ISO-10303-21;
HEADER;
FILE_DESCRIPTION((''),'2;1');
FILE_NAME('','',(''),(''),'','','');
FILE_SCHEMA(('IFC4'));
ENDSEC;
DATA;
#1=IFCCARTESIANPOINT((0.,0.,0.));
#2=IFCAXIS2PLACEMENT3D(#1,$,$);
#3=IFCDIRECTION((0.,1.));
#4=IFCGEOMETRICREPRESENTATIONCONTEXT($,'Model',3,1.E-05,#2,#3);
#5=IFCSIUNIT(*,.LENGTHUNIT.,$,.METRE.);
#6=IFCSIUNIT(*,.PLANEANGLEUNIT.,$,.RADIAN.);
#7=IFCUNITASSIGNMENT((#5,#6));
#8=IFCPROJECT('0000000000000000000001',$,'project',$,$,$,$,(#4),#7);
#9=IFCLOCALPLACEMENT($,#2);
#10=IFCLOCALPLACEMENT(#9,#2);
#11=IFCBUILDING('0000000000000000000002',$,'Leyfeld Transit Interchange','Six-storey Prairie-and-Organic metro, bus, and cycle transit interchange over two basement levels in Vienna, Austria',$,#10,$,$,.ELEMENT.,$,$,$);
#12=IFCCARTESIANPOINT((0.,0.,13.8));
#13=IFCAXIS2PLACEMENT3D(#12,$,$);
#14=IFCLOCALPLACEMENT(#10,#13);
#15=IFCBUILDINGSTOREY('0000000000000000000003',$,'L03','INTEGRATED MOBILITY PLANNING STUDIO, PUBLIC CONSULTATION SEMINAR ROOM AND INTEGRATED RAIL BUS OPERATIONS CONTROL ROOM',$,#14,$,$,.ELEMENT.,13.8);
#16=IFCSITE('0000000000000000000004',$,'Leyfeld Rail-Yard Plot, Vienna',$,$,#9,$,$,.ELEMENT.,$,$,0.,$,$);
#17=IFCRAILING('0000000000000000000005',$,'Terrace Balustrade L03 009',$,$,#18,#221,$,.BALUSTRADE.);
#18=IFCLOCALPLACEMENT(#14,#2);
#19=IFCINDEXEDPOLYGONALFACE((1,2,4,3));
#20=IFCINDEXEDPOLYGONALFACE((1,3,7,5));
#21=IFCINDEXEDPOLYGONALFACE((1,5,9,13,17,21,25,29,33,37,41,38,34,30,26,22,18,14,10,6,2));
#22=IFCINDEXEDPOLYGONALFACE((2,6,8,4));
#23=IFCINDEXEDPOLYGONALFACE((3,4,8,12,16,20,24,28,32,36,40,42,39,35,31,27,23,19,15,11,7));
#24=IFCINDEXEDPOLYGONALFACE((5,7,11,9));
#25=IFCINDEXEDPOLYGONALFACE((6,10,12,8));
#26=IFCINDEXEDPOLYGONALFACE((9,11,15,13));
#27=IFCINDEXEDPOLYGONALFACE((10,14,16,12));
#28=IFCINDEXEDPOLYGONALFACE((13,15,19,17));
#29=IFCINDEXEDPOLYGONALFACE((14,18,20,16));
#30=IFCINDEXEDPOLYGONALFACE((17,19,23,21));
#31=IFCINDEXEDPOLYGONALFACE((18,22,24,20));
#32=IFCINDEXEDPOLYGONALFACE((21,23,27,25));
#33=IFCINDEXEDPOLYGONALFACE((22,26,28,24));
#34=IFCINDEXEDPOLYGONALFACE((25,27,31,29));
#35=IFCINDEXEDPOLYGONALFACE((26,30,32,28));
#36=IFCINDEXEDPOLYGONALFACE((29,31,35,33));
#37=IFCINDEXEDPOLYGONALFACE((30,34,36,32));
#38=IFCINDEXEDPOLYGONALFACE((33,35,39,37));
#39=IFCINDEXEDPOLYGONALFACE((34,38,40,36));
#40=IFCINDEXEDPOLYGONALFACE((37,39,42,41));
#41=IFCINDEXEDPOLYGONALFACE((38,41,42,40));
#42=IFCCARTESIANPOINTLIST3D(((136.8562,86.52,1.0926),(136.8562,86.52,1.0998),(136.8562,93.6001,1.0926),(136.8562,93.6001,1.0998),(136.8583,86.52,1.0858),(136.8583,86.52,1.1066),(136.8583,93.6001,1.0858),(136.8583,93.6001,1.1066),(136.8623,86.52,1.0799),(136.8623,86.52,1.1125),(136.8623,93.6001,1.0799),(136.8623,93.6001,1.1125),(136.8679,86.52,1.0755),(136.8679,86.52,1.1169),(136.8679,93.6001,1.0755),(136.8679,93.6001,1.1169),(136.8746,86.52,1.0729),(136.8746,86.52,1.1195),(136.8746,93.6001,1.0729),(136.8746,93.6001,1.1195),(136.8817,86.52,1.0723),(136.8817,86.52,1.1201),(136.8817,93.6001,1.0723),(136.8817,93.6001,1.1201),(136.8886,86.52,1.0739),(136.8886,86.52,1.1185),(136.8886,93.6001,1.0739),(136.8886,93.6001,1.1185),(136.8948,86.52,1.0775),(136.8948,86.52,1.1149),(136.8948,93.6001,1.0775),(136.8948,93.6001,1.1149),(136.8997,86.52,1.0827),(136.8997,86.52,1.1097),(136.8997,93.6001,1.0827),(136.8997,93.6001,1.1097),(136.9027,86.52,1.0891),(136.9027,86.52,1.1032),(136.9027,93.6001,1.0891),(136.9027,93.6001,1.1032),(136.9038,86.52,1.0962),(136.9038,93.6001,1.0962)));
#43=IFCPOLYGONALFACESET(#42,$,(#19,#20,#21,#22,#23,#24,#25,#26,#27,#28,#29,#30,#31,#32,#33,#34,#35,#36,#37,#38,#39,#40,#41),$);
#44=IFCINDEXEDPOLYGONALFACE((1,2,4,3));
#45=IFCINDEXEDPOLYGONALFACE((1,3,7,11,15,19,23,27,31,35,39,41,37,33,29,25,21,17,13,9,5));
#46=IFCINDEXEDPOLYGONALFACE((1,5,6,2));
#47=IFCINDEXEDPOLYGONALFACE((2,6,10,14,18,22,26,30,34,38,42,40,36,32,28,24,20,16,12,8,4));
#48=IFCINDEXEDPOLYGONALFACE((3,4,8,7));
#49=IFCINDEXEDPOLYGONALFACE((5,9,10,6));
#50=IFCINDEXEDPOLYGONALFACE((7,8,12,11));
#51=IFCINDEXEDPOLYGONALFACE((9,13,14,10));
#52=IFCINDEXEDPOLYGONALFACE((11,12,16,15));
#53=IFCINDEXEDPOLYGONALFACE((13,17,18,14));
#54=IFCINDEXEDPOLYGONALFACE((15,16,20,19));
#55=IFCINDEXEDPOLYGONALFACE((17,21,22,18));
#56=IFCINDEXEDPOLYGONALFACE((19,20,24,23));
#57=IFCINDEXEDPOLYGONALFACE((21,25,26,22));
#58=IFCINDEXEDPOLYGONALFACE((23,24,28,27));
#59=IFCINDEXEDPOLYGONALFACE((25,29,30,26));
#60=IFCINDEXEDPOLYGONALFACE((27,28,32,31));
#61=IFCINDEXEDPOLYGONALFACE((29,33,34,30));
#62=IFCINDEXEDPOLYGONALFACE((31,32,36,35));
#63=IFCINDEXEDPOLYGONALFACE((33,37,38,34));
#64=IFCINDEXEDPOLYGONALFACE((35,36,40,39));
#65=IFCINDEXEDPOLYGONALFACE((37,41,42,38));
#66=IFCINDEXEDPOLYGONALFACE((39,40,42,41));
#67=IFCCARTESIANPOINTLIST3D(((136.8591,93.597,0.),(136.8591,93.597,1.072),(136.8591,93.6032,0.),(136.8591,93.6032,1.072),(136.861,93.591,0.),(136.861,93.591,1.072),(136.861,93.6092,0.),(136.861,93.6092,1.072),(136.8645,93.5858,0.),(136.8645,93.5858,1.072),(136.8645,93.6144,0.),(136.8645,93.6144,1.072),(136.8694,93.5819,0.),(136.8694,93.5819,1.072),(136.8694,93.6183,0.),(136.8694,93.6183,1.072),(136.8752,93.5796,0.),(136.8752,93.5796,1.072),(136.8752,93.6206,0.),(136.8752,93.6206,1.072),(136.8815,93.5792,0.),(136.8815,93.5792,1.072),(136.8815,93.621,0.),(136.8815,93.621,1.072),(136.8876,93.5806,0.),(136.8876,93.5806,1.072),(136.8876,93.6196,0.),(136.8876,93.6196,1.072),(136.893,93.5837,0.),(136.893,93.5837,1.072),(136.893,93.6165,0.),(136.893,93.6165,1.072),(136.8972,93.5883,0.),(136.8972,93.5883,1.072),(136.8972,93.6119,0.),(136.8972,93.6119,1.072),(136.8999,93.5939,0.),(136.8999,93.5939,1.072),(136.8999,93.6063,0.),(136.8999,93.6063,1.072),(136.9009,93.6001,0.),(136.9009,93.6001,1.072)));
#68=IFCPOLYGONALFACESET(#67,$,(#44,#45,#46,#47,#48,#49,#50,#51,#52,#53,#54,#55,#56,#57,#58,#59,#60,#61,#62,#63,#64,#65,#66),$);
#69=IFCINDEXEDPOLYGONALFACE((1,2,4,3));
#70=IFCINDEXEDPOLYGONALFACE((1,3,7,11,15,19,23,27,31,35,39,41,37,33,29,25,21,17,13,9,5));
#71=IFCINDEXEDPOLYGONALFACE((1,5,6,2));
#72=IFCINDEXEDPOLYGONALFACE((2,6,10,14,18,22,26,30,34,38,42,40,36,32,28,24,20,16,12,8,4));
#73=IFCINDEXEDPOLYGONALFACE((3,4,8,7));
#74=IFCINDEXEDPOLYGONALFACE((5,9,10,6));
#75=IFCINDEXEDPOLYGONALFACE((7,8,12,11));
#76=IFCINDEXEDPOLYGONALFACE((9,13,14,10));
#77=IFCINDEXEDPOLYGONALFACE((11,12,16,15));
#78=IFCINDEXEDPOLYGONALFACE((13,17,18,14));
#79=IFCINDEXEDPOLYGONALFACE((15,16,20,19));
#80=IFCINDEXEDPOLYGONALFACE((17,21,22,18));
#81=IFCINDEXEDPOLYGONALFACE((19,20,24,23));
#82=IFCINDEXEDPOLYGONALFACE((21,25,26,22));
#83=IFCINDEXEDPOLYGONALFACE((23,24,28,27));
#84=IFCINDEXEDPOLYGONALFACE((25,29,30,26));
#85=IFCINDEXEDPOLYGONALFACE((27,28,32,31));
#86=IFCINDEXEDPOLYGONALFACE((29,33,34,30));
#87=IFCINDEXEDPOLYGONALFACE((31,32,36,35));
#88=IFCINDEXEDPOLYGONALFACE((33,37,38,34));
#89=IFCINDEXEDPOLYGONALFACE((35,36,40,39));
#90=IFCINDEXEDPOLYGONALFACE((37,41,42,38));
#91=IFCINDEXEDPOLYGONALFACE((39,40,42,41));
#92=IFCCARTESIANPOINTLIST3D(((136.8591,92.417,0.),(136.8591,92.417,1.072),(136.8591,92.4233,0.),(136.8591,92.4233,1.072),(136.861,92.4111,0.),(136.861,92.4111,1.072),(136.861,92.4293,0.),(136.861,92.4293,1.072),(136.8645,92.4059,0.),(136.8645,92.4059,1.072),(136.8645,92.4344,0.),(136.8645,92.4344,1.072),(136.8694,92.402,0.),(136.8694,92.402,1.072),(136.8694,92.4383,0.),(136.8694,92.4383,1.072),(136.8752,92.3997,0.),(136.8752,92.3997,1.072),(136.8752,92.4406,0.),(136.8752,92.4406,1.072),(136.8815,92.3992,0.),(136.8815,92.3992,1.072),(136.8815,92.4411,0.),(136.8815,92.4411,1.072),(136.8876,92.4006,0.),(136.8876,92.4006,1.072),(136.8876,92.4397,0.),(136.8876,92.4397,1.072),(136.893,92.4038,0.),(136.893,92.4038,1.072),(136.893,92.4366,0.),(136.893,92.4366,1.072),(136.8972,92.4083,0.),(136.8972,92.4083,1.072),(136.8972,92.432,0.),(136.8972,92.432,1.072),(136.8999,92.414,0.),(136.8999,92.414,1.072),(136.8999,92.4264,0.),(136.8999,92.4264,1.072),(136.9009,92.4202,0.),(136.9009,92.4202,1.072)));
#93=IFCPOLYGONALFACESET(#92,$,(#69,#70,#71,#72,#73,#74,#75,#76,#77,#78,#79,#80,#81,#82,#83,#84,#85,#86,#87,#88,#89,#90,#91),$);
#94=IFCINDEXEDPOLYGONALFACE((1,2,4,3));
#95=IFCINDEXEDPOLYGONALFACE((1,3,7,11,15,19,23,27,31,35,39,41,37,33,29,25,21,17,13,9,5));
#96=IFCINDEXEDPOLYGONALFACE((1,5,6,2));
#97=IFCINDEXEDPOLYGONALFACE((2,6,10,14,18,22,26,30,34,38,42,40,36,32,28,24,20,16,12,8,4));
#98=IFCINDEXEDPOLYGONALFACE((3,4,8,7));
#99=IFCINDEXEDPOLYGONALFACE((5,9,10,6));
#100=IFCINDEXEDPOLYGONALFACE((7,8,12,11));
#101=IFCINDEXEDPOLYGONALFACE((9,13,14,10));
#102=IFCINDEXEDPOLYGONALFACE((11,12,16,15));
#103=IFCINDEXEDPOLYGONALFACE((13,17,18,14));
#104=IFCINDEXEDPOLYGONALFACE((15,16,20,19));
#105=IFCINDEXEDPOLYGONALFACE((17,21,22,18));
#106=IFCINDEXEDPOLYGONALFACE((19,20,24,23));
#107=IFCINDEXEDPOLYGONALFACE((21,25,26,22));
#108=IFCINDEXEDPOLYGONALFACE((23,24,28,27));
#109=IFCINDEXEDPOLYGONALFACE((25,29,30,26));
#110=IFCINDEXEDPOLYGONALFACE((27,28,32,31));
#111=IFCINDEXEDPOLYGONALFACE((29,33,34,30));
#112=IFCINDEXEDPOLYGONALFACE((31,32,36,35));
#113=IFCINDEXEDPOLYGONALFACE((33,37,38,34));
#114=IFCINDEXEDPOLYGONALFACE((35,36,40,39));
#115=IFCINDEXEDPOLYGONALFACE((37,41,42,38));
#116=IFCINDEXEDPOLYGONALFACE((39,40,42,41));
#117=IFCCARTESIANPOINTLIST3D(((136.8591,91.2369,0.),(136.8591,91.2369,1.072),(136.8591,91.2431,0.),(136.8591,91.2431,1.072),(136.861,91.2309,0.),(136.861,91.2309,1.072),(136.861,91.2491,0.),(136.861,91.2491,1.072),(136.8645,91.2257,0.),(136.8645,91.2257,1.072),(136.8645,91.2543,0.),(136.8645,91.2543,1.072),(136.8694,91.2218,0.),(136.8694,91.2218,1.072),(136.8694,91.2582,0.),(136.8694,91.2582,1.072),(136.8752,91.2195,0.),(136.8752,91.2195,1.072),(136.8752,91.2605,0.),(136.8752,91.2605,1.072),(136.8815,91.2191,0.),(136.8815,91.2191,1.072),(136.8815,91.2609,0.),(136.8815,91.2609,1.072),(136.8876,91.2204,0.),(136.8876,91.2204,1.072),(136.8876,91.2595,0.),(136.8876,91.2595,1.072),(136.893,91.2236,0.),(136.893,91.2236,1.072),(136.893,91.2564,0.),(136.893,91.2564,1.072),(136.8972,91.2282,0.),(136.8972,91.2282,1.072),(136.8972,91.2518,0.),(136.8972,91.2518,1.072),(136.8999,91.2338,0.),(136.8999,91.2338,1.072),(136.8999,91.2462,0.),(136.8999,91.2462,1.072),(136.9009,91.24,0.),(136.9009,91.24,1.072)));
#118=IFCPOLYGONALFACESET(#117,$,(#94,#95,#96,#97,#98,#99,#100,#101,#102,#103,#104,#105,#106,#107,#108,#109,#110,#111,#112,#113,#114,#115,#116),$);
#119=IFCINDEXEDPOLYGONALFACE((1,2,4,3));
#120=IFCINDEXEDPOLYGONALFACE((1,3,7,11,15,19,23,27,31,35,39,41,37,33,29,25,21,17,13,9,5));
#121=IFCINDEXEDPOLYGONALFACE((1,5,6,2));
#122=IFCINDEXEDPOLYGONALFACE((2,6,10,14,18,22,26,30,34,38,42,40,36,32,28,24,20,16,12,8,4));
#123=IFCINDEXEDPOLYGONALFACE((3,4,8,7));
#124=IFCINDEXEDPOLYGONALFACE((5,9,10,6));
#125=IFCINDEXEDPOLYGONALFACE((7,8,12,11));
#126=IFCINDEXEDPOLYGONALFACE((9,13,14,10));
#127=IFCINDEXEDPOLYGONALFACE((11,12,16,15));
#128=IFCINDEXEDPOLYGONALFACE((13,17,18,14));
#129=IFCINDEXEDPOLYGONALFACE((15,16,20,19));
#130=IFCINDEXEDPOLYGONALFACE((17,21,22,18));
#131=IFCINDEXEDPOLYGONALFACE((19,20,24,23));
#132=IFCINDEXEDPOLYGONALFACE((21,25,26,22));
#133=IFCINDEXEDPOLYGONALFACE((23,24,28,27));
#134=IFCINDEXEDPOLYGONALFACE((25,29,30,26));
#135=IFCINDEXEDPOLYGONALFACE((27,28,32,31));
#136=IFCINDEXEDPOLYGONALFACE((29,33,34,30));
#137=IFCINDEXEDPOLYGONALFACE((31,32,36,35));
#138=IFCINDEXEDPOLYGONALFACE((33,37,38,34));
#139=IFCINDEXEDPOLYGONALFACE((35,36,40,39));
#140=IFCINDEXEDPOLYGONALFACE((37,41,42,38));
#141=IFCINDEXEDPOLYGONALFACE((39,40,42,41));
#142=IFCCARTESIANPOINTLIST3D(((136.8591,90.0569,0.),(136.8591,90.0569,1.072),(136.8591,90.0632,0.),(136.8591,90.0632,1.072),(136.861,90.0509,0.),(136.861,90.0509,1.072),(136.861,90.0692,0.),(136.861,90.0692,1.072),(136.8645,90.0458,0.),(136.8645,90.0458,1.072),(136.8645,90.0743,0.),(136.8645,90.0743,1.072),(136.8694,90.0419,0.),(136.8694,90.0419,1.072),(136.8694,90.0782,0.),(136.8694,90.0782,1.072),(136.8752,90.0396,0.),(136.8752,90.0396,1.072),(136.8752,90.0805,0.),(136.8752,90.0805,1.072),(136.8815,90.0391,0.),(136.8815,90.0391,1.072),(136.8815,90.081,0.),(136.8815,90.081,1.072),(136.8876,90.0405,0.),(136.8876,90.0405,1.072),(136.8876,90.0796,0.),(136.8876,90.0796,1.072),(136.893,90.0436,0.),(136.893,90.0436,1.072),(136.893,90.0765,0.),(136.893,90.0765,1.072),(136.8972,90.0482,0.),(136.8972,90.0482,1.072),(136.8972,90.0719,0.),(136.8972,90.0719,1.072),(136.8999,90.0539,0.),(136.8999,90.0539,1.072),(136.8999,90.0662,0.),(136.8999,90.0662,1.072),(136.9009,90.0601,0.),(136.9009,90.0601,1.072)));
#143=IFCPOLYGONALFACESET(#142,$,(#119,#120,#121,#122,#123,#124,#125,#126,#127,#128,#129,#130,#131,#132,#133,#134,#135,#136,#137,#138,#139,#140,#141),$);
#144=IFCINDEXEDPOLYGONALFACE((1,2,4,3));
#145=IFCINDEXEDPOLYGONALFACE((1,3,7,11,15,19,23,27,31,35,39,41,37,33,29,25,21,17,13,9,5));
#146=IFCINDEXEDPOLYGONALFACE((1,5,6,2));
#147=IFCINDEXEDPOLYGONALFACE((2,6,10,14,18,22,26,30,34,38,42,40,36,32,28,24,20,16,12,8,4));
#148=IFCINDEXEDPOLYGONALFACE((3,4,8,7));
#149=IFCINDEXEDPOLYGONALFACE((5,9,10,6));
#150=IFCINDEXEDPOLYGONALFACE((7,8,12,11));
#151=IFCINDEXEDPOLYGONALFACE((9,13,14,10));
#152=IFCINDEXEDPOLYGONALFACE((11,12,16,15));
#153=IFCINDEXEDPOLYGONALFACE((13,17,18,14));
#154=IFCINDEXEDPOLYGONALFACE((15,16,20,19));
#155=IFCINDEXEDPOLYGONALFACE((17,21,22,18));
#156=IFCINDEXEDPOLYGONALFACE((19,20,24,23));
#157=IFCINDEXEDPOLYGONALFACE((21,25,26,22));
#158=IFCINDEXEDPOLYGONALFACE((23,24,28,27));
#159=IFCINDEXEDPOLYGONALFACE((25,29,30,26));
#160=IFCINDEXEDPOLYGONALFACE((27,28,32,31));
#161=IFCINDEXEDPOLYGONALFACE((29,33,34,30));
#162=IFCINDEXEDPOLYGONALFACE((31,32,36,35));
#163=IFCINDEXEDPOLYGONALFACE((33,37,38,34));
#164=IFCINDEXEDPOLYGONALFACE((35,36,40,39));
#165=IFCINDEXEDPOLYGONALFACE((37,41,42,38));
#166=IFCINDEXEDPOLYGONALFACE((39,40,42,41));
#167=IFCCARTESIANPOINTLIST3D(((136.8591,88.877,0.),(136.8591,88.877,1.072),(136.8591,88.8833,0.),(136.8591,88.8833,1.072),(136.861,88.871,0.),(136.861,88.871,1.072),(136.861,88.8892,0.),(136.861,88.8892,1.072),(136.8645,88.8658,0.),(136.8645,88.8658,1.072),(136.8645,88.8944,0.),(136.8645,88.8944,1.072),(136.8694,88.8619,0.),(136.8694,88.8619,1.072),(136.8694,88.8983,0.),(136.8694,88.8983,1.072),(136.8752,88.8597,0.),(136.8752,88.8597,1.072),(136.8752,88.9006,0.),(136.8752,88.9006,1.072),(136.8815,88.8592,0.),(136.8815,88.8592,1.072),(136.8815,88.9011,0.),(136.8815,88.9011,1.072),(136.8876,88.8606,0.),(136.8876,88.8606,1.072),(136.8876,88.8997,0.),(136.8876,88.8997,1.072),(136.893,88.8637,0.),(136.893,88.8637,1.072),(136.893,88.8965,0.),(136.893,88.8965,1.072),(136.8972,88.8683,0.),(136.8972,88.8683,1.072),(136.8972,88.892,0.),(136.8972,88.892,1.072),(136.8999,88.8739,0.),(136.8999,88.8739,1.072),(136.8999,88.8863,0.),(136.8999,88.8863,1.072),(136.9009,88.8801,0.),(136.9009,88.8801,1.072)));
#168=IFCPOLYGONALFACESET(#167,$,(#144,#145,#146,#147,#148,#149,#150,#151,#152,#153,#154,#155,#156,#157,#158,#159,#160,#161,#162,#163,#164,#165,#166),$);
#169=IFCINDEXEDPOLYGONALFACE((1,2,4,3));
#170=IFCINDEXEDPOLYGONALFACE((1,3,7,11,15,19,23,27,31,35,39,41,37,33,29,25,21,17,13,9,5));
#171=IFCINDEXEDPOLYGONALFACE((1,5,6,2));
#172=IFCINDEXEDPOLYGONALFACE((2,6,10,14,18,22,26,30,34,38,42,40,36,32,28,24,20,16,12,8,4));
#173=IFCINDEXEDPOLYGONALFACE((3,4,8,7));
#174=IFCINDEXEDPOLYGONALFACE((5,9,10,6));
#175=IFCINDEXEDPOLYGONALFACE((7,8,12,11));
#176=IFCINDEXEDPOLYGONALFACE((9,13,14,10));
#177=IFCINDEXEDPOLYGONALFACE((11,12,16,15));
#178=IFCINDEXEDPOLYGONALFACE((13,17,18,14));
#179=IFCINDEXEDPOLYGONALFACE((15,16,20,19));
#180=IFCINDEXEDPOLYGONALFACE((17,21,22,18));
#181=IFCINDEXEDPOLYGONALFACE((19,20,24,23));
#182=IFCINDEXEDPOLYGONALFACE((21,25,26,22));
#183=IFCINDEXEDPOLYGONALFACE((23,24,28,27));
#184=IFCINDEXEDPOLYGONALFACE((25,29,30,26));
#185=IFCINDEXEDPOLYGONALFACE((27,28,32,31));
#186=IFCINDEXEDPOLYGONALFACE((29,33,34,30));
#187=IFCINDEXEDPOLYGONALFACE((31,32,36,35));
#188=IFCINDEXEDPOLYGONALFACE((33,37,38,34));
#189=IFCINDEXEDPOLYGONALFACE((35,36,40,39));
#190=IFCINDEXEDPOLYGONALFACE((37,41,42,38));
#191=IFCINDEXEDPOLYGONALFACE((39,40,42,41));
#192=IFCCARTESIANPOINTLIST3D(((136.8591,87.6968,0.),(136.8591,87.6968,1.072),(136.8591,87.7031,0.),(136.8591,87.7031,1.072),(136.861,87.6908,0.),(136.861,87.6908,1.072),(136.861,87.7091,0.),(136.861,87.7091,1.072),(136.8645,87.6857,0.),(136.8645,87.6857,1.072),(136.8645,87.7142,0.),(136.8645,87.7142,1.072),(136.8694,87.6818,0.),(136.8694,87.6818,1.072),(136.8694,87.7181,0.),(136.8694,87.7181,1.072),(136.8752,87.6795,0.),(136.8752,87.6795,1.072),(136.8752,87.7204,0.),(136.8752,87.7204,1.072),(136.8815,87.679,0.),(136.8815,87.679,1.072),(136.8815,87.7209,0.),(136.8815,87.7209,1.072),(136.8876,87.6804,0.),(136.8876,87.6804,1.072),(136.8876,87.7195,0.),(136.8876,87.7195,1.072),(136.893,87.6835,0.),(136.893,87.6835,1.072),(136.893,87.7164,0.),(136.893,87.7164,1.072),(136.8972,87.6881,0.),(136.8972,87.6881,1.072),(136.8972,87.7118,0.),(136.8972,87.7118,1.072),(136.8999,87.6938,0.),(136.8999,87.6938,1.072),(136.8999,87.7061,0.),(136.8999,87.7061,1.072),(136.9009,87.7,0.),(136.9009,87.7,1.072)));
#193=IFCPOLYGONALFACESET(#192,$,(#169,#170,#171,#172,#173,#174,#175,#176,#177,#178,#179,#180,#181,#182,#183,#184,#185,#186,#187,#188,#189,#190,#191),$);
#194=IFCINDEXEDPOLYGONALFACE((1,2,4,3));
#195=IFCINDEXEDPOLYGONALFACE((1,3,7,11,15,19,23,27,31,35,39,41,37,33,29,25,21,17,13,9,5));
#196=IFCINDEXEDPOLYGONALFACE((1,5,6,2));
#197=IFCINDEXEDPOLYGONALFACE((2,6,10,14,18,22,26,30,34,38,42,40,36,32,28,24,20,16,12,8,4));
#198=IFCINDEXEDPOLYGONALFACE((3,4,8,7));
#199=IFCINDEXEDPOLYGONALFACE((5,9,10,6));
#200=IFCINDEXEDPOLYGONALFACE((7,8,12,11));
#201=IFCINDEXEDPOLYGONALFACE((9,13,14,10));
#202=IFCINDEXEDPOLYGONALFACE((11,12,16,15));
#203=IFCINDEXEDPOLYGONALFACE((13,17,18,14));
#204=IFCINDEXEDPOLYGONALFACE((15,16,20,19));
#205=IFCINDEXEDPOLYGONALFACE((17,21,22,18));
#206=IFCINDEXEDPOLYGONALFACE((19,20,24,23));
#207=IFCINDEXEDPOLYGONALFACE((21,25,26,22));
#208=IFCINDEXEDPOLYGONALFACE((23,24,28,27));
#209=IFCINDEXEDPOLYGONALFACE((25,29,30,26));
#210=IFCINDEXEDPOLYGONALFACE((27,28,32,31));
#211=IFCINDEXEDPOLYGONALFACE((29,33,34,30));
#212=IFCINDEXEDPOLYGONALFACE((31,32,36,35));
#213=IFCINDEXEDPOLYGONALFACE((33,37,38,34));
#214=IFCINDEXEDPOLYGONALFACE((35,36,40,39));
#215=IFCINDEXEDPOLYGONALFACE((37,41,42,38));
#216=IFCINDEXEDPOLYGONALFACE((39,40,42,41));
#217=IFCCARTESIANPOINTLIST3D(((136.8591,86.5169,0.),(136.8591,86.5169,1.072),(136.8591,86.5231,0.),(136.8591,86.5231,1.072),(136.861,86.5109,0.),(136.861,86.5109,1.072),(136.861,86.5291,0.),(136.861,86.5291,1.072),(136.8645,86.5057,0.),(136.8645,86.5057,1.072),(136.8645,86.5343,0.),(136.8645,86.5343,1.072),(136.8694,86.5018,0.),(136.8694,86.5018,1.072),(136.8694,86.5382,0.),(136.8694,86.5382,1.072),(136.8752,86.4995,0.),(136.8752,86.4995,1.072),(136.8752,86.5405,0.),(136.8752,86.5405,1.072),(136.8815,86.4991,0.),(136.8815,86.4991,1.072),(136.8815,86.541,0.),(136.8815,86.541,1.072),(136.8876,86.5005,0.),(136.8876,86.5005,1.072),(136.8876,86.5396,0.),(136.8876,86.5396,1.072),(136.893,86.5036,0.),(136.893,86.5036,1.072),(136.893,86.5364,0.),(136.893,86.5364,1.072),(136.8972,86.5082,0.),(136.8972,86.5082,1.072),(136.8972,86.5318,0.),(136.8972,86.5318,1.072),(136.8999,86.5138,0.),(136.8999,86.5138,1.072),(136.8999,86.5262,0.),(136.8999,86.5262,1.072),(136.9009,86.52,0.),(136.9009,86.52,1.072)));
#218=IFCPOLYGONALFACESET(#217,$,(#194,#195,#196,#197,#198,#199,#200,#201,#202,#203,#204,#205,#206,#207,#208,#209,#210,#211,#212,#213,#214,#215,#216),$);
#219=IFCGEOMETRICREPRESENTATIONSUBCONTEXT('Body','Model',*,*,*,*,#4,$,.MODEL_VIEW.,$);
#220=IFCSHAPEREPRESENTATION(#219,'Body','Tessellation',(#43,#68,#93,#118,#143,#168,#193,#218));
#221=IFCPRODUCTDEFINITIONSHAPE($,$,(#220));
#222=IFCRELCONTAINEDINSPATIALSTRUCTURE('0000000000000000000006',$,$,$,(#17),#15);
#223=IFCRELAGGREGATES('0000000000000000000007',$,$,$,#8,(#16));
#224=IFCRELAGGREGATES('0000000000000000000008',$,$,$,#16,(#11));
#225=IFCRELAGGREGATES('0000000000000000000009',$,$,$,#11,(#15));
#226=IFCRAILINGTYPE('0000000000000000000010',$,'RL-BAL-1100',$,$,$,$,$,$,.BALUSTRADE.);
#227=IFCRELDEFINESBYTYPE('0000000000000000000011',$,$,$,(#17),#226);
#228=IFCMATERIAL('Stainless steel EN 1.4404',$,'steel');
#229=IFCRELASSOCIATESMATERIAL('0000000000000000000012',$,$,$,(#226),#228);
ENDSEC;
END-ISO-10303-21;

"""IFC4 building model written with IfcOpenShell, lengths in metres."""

from ifc_helpers import new_model, si_unit, direction, frame, origin, origin_2d, place, context, subcontext, project, spatial, circle, extrude, material, type_object, element, save


model = new_model("IFC4")

# Units and contexts
model_context = context("Model", 3, precision=1e-05, world=origin(), true_north=direction((0.0, 1.0)))
body_context = subcontext(model_context, "Body", "Model", "MODEL_VIEW")
ifc_project = project(units=[si_unit("LENGTHUNIT", "METRE"), si_unit("PLANEANGLEUNIT", "RADIAN")], contexts=[model_context])

# Site, building, storey
site_placement = place(None, origin())
site = spatial("IfcSite", under=ifc_project, at=site_placement, Name="Leyfeld Rail-Yard Plot, Vienna", CompositionType="ELEMENT", RefElevation=0.0)
building_placement = place(site_placement, origin())
building = spatial("IfcBuilding", under=site, at=building_placement, Name="Leyfeld Transit Interchange", Description="Six-storey Prairie-and-Organic metro, bus, and cycle transit interchange over two basement levels in Vienna, Austria", CompositionType="ELEMENT")
storey_placement = place(building_placement, frame((0.0, 0.0, 13.8)))
storey = spatial("IfcBuildingStorey", under=building, at=storey_placement, Name="L03", Description="INTEGRATED MOBILITY PLANNING STUDIO, PUBLIC CONSULTATION SEMINAR ROOM AND INTEGRATED RAIL BUS OPERATIONS CONTROL ROOM", CompositionType="ELEMENT", Elevation=13.8)

# Railing
ifc_material_1 = material(Name="Stainless steel EN 1.4404", Category="steel")
railing_type = type_object("IfcRailingType", Name="RL-BAL-1100", PredefinedType="BALUSTRADE", material=ifc_material_1)
railing_placement = place(storey_placement, frame((136.8799, 93.6001, 0.0)))
element("IfcRailing", 1, at=railing_placement, inside=storey, type_object=railing_type, Name="Terrace Balustrade L03 009", PredefinedType="BALUSTRADE", context=body_context, shape_type="SweptSolid", body=[
    extrude(circle(Radius=0.0239, at=origin_2d()), frame((0.0, 0.0, 1.0962), z_axis=(0.0, -1.0, 0.0), x_axis=(1.0, 0.0, 0.0)), (0.0, 0.0, 1.0), 7.0801),
    extrude(circle(Radius=0.021, at=origin_2d()), origin(), (0.0, 0.0, 1.0), 1.072),
    extrude(circle(Radius=0.021, at=origin_2d()), frame((0.0, -1.1799, 0.0)), (0.0, 0.0, 1.0), 1.072),
    extrude(circle(Radius=0.021, at=origin_2d()), frame((0.0, -2.3601, 0.0)), (0.0, 0.0, 1.0), 1.072),
    extrude(circle(Radius=0.021, at=origin_2d()), frame((0.0, -3.54, 0.0)), (0.0, 0.0, 1.0), 1.072),
    extrude(circle(Radius=0.021, at=origin_2d()), frame((0.0, -4.72, 0.0)), (0.0, 0.0, 1.0), 1.072),
    extrude(circle(Radius=0.021, at=origin_2d()), frame((0.0, -5.9001, 0.0)), (0.0, 0.0, 1.0), 1.072),
    extrude(circle(Radius=0.021, at=origin_2d()), frame((0.0, -7.0801, 0.0)), (0.0, 0.0, 1.0), 1.072),
])

save(model, "model.ifc")
